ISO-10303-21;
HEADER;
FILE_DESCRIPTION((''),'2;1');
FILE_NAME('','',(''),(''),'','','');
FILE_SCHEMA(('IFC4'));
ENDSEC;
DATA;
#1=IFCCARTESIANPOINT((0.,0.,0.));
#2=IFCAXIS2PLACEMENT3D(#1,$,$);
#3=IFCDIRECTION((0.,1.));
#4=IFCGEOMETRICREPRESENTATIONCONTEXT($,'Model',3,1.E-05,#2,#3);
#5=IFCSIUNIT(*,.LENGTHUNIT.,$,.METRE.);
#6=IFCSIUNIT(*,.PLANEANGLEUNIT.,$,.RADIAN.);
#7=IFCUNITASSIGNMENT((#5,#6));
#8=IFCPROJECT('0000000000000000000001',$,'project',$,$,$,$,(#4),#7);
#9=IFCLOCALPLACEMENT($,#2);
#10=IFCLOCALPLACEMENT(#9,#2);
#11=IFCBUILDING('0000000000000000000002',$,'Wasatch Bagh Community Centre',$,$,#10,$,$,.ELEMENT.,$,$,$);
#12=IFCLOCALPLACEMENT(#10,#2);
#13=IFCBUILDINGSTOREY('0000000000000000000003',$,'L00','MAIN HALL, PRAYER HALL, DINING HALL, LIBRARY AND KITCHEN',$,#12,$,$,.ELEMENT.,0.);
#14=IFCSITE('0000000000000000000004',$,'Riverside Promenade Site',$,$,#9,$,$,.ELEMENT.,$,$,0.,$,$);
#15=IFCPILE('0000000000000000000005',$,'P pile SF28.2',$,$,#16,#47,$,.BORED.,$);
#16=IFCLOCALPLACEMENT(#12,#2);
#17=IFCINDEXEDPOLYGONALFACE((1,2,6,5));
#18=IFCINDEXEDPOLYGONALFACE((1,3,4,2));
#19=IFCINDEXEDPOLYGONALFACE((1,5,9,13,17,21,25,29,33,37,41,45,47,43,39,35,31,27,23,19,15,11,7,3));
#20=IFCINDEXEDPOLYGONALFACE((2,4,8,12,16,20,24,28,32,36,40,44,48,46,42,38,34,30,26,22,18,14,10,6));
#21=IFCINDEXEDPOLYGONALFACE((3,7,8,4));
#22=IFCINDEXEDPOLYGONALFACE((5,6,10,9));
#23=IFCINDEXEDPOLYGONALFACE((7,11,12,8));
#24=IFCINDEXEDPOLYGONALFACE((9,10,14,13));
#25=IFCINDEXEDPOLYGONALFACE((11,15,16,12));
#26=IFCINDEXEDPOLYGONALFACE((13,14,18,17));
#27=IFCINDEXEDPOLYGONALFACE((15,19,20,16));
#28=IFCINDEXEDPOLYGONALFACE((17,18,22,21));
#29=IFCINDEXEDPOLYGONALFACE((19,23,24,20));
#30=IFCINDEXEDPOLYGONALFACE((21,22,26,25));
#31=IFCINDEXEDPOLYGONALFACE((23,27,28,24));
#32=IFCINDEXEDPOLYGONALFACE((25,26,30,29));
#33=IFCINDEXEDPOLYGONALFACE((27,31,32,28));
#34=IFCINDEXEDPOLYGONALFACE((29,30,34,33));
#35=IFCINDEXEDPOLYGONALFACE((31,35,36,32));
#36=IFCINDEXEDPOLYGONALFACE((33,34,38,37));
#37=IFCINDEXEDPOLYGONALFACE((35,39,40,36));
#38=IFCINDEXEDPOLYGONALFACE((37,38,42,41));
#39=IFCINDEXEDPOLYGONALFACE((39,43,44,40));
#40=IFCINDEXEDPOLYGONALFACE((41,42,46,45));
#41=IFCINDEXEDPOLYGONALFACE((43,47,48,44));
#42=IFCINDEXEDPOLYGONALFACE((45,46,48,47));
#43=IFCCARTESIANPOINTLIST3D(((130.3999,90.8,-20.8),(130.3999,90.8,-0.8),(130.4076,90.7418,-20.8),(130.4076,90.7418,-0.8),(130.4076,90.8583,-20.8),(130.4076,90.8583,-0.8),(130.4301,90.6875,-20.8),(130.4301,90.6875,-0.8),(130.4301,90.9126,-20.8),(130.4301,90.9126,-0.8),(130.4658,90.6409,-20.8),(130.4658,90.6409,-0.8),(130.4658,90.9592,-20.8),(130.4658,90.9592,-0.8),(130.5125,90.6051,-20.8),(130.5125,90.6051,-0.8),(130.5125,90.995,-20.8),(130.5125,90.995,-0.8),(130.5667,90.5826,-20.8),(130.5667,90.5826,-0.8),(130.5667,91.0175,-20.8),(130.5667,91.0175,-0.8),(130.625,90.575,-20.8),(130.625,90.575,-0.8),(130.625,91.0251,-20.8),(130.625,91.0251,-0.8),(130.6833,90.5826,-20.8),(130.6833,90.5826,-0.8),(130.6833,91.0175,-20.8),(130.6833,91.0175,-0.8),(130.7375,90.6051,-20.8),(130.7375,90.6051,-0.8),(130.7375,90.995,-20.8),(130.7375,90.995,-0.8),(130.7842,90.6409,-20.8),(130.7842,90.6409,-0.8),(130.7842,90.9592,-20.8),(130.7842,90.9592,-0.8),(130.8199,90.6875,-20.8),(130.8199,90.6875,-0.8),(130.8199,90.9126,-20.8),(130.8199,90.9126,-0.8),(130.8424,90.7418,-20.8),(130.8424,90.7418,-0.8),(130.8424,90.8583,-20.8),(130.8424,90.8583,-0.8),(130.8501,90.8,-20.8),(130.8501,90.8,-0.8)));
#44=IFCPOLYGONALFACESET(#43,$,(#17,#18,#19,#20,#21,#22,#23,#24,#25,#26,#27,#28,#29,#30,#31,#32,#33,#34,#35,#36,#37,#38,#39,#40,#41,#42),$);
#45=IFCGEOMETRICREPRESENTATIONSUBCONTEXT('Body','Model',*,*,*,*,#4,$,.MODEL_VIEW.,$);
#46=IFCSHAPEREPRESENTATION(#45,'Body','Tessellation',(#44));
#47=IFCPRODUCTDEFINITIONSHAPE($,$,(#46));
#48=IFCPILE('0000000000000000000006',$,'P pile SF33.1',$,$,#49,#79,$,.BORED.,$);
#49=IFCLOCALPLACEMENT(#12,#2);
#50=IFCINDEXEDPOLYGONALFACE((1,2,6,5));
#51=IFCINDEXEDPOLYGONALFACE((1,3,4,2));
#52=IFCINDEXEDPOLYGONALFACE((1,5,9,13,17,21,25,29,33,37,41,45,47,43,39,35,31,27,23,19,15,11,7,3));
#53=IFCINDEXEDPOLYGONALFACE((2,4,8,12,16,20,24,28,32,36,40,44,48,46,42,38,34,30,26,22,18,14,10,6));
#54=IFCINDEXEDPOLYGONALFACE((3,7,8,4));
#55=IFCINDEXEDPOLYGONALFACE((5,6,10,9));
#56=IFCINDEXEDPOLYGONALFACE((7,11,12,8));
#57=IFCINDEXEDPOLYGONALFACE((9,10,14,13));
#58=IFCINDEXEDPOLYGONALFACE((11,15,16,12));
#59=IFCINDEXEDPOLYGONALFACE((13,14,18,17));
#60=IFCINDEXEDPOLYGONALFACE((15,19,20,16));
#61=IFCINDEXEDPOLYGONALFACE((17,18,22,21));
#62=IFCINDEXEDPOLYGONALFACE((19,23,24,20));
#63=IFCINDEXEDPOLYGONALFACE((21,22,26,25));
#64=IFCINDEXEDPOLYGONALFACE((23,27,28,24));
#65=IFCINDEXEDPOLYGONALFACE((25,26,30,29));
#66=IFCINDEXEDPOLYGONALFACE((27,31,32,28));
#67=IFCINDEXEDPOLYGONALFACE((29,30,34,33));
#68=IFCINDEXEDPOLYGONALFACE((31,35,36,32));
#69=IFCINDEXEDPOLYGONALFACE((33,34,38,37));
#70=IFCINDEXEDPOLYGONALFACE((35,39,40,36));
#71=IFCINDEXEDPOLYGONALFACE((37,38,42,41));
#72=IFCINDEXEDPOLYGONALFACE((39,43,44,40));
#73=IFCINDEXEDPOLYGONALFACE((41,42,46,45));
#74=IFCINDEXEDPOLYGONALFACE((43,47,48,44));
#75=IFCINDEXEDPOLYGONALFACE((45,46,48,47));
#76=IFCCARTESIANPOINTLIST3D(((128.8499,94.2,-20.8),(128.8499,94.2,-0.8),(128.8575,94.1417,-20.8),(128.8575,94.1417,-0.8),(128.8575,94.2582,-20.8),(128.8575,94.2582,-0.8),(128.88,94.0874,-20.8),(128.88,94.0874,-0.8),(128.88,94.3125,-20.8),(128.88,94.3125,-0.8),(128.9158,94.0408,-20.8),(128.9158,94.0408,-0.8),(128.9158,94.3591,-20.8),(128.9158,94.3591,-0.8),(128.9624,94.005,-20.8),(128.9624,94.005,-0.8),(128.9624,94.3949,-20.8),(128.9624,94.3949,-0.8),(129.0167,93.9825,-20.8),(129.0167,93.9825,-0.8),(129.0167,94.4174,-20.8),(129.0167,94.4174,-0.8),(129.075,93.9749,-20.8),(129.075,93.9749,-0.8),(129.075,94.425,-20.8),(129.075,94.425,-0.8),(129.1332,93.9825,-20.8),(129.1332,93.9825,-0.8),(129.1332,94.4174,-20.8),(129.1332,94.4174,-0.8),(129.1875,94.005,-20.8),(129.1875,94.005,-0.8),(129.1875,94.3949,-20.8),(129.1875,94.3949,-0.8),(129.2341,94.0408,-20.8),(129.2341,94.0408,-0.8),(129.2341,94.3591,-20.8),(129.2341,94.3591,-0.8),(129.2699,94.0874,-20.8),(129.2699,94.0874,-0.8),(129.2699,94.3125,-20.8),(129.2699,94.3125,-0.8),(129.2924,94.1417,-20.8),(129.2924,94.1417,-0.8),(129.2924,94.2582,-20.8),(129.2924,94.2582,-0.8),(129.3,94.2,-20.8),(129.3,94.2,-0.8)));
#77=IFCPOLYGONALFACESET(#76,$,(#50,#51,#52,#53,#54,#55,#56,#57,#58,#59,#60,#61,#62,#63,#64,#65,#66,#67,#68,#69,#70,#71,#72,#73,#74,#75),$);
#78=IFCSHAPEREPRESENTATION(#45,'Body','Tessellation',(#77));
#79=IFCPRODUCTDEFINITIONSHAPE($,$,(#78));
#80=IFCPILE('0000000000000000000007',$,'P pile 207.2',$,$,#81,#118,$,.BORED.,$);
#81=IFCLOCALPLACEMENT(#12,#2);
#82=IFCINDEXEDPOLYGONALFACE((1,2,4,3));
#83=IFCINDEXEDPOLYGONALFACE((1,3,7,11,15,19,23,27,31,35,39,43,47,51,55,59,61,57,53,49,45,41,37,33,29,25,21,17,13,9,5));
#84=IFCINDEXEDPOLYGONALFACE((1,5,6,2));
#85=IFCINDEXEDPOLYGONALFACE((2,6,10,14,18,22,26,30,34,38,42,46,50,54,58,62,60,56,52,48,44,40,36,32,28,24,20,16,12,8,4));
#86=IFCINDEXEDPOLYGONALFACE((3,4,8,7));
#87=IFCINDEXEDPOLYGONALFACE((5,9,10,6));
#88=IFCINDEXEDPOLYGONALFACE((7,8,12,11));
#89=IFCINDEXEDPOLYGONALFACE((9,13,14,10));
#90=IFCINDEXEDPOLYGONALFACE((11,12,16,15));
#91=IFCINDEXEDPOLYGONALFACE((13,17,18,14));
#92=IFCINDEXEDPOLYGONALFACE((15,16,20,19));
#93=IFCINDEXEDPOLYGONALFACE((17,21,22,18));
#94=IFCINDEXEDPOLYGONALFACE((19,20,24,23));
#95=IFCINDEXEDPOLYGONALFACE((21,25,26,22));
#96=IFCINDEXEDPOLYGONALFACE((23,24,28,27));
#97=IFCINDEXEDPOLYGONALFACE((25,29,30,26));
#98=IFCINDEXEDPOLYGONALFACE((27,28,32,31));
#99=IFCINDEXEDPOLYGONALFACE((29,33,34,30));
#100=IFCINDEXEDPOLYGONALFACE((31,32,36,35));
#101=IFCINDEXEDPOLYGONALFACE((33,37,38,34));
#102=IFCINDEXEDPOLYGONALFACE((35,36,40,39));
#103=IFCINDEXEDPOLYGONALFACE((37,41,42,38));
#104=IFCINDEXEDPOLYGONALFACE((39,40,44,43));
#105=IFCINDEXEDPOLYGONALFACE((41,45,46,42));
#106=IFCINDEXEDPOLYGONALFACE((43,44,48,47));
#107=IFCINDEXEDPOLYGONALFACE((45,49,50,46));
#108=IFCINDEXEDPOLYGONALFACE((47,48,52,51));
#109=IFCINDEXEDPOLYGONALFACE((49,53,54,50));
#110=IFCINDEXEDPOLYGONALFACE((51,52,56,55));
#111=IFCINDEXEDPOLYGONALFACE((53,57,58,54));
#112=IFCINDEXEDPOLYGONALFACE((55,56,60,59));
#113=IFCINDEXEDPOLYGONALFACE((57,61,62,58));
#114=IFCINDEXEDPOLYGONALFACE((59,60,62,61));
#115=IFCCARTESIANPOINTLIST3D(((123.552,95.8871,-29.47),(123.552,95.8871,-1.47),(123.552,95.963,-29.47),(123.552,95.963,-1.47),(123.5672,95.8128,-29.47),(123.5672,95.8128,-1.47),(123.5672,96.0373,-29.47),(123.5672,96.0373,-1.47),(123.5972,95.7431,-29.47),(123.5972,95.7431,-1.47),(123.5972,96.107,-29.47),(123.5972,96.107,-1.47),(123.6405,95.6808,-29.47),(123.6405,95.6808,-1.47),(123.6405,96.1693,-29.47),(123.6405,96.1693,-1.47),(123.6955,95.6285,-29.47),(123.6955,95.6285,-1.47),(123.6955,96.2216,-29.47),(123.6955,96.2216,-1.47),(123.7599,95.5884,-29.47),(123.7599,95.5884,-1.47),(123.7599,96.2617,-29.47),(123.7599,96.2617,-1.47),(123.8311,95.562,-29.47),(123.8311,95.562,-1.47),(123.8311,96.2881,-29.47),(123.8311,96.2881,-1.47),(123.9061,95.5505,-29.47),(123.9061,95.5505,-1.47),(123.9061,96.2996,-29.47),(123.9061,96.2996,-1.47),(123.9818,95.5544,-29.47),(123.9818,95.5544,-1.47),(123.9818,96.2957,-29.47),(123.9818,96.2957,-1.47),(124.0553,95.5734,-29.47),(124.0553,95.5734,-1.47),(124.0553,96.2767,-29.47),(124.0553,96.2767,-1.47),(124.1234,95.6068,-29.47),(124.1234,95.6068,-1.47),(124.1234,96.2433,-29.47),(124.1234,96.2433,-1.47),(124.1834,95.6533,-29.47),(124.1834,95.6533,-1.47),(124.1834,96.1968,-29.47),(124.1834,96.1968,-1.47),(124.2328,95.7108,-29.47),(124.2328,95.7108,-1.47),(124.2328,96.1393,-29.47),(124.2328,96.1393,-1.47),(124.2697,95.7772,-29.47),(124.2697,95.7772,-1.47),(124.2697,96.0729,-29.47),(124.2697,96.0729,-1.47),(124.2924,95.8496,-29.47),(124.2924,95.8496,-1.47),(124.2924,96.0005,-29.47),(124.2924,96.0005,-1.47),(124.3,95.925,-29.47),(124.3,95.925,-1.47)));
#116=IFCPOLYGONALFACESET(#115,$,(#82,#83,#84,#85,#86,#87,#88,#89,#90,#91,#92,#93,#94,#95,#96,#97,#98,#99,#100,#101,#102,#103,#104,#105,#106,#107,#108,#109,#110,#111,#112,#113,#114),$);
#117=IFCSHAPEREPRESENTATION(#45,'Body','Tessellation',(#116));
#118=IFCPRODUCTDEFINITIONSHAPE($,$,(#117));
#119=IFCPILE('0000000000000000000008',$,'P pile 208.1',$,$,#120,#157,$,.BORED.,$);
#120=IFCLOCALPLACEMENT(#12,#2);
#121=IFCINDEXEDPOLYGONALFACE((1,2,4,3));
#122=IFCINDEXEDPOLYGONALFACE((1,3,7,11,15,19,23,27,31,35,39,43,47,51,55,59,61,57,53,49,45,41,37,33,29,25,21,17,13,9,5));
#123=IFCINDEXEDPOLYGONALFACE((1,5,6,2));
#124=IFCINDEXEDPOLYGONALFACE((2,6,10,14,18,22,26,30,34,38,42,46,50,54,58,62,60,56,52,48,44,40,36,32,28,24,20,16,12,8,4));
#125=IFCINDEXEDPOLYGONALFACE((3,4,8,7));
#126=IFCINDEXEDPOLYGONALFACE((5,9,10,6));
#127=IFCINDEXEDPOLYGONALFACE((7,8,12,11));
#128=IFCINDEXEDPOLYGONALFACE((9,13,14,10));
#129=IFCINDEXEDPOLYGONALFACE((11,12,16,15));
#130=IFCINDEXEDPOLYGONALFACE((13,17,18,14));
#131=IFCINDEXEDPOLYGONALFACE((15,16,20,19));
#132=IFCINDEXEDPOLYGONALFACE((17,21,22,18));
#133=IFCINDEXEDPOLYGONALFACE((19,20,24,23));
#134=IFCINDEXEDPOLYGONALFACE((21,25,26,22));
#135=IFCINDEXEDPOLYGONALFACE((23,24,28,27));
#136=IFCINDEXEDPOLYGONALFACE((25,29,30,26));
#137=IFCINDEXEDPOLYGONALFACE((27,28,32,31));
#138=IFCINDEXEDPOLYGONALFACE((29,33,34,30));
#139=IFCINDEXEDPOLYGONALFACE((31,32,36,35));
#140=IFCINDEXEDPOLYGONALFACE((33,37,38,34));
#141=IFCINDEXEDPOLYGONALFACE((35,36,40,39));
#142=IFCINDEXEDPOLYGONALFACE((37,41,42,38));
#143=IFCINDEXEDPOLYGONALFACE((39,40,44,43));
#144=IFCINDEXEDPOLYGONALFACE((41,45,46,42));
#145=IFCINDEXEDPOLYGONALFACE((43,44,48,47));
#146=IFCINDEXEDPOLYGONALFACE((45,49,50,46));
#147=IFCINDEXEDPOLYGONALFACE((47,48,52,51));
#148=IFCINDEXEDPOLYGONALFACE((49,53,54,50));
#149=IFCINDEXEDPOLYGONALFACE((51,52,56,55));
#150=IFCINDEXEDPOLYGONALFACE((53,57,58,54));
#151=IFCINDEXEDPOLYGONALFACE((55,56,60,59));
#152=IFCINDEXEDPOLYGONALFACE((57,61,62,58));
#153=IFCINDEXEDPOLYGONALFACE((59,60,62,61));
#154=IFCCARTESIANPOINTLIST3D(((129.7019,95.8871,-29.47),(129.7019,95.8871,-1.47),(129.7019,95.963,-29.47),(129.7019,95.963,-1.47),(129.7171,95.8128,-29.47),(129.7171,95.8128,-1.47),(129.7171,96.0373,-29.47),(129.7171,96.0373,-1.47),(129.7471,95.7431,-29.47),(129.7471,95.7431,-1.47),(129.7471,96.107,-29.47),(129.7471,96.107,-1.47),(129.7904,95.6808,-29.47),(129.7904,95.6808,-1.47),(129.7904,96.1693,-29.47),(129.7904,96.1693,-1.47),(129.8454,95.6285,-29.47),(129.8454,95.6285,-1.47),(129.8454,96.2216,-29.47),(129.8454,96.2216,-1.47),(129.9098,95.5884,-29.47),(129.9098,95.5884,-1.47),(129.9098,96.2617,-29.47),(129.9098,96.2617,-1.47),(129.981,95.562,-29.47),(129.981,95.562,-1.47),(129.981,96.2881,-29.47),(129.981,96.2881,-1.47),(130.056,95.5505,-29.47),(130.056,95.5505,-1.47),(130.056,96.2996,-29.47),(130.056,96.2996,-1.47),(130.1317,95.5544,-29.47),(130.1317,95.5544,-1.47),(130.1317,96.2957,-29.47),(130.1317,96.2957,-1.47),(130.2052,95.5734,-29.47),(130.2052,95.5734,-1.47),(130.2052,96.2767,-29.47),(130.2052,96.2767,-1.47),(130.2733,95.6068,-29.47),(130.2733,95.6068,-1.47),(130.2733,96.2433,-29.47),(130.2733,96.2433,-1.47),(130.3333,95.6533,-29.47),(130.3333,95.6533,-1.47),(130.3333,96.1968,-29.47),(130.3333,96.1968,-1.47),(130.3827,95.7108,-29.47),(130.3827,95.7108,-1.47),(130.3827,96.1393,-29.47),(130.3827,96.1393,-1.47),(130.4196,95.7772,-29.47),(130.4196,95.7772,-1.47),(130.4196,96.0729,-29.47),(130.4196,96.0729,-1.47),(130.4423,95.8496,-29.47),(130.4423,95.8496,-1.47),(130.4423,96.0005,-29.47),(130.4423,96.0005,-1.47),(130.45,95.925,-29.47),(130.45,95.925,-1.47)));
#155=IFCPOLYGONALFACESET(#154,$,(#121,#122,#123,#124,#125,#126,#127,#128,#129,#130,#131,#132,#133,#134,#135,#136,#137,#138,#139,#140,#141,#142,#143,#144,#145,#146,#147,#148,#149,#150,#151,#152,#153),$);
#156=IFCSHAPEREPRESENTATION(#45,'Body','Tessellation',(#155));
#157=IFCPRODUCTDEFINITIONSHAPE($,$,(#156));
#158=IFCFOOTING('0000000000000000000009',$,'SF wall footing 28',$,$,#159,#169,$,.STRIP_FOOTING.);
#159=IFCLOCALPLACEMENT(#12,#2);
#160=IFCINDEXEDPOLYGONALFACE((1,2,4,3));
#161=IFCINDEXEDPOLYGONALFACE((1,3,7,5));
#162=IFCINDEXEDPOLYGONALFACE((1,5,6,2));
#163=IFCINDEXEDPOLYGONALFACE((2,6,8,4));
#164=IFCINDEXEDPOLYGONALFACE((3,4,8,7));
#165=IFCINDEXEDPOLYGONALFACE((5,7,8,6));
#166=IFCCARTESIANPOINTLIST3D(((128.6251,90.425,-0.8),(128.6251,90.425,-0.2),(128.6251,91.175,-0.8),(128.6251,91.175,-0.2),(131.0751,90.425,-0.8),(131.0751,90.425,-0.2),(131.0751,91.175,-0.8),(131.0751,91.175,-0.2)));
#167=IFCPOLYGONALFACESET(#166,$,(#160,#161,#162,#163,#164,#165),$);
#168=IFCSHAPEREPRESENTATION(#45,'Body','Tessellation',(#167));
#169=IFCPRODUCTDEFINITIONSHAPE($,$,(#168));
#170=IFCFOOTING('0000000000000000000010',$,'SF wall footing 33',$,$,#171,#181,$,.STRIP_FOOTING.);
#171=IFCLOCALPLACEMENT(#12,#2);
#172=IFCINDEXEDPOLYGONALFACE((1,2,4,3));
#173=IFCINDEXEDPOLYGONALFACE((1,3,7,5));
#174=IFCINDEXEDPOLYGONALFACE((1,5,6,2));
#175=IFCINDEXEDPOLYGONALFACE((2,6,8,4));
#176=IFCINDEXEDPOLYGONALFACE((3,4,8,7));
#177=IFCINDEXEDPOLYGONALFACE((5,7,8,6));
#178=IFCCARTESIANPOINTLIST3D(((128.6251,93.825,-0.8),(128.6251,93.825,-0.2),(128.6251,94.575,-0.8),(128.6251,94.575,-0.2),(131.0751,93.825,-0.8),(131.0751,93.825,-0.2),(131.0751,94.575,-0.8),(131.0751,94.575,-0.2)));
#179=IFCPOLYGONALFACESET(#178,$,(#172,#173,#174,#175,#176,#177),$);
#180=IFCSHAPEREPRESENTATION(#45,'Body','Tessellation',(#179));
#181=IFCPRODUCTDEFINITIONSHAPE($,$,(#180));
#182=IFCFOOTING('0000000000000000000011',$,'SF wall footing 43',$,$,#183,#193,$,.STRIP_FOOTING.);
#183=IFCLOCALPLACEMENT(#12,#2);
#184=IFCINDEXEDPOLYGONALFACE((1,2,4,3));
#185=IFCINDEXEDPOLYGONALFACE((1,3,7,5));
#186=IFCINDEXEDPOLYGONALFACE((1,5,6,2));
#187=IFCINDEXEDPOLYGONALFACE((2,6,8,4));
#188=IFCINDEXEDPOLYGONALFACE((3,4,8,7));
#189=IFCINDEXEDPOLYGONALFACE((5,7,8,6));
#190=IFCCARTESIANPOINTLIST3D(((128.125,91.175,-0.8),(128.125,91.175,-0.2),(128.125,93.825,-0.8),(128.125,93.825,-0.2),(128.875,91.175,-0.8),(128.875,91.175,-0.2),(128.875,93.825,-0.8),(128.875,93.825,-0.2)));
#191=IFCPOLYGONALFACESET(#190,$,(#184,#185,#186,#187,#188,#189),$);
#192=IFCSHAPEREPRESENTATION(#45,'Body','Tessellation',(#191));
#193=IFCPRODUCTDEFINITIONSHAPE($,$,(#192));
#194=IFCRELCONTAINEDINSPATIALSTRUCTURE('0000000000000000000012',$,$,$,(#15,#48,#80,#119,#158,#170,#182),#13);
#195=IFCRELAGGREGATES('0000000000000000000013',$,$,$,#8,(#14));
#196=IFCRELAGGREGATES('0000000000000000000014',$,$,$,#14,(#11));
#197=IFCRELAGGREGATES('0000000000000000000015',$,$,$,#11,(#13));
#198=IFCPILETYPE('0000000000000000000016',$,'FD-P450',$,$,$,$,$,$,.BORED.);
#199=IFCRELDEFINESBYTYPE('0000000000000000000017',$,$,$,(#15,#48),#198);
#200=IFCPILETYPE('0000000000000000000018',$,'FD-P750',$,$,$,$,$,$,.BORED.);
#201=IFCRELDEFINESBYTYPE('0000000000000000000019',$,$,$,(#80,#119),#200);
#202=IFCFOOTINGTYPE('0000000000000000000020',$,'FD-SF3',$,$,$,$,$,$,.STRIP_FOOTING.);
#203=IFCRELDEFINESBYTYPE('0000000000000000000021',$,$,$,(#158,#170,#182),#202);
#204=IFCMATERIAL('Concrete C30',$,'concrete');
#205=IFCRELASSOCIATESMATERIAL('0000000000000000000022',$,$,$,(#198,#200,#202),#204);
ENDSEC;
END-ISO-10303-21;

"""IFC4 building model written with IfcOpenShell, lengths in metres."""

from ifc_helpers import new_model, si_unit, direction, frame, origin, origin_2d, place, context, subcontext, project, spatial, rectangle, circle, extrude, material, material_profile, profile_set, type_object, element, save


model = new_model("IFC4")

# Units and contexts
model_context = context("Model", 3, precision=1e-05, world=origin(), true_north=direction((0.0, 1.0)))
body_context = subcontext(model_context, "Body", "Model", "MODEL_VIEW")
ifc_project = project(units=[si_unit("LENGTHUNIT", "METRE"), si_unit("PLANEANGLEUNIT", "RADIAN")], contexts=[model_context])

# Site, building, storey
site_placement = place(None, origin())
site = spatial("IfcSite", under=ifc_project, at=site_placement, Name="Riverside Promenade Site", CompositionType="ELEMENT", RefElevation=0.0)
building_placement = place(site_placement, origin())
building = spatial("IfcBuilding", under=site, at=building_placement, Name="Wasatch Bagh Community Centre", CompositionType="ELEMENT")
storey_placement = place(building_placement, origin())
storey = spatial("IfcBuildingStorey", under=building, at=storey_placement, Name="L00", Description="MAIN HALL, PRAYER HALL, DINING HALL, LIBRARY AND KITCHEN", CompositionType="ELEMENT", Elevation=0.0)

# Piles
ifc_material_1 = material(Name="Concrete C30", Category="concrete")
ifc_material_profile_1 = material_profile(ifc_material_1, circle(Radius=0.2251, at=origin_2d()), Name="RC D450")
ifc_profile_set_1 = profile_set([ifc_material_profile_1], Name="Concrete C30")
pile_type_1 = type_object("IfcPileType", Name="FD-P450", PredefinedType="BORED", material=ifc_profile_set_1)
for number, where, z_axis, x_axis, name in (
    (1, (130.625, 90.8, -0.8), (0.0, 0.0, -1.0), (1.0, 0.0, 0.0), "P pile SF28.2"),
    (2, (129.075, 94.2, -0.8), (0.0, 0.0, -1.0), (1.0, 0.0, 0.0), "P pile SF33.1"),
):
    element("IfcPile", number, at=place(storey_placement, frame(where, z_axis=z_axis, x_axis=x_axis)), inside=storey, type_object=pile_type_1, Name=name, PredefinedType="BORED", context=body_context, shape_type="SweptSolid", body=[
        extrude(circle(Radius=0.2251, at=origin_2d()), origin(), (0.0, 0.0, 1.0), 20.0),
    ])
ifc_material_profile_2 = material_profile(ifc_material_1, circle(Radius=0.375, at=origin_2d()), Name="RC D750")
ifc_profile_set_2 = profile_set([ifc_material_profile_2], Name="Concrete C30")
pile_type_2 = type_object("IfcPileType", Name="FD-P750", PredefinedType="BORED", material=ifc_profile_set_2)
for number, where, z_axis, x_axis, name in (
    (3, (123.925, 95.925, -1.47), (0.0, 0.0, -1.0), (1.0, 0.0, 0.0), "P pile 207.2"),
    (4, (130.075, 95.925, -1.47), (0.0, 0.0, -1.0), (1.0, 0.0, 0.0), "P pile 208.1"),
):
    element("IfcPile", number, at=place(storey_placement, frame(where, z_axis=z_axis, x_axis=x_axis)), inside=storey, type_object=pile_type_2, Name=name, PredefinedType="BORED", context=body_context, shape_type="SweptSolid", body=[
        extrude(circle(Radius=0.375, at=origin_2d()), origin(), (0.0, 0.0, 1.0), 28.0),
    ])

# Footings
footing_type = type_object("IfcFootingType", Name="FD-SF3", PredefinedType="STRIP_FOOTING", material=ifc_material_1)
for number, where, z_axis, x_axis, name in (
    (5, (129.8501, 90.8, -0.8), (0.0, 0.0, 1.0), (1.0, 0.0, 0.0), "SF wall footing 28"),
    (6, (129.8501, 94.2, -0.8), (0.0, 0.0, 1.0), (1.0, 0.0, 0.0), "SF wall footing 33"),
):
    element("IfcFooting", number, at=place(storey_placement, frame(where, z_axis=z_axis, x_axis=x_axis)), inside=storey, type_object=footing_type, Name=name, PredefinedType="STRIP_FOOTING", context=body_context, shape_type="SweptSolid", body=[
        extrude(rectangle(XDim=2.45, YDim=0.75, at=origin_2d()), origin(), (0.0, 0.0, 1.0), 0.6001),
    ])
footing_placement = place(storey_placement, frame((128.5, 92.5, -0.8), z_axis=(0.0, 0.0, 1.0), x_axis=(0.0, 1.0, 0.0)))
element("IfcFooting", 7, at=footing_placement, inside=storey, type_object=footing_type, Name="SF wall footing 43", PredefinedType="STRIP_FOOTING", context=body_context, shape_type="SweptSolid", body=[
    extrude(rectangle(XDim=2.6499, YDim=0.75, at=origin_2d()), origin(), (0.0, 0.0, 1.0), 0.6001),
])

save(model, "model.ifc")
